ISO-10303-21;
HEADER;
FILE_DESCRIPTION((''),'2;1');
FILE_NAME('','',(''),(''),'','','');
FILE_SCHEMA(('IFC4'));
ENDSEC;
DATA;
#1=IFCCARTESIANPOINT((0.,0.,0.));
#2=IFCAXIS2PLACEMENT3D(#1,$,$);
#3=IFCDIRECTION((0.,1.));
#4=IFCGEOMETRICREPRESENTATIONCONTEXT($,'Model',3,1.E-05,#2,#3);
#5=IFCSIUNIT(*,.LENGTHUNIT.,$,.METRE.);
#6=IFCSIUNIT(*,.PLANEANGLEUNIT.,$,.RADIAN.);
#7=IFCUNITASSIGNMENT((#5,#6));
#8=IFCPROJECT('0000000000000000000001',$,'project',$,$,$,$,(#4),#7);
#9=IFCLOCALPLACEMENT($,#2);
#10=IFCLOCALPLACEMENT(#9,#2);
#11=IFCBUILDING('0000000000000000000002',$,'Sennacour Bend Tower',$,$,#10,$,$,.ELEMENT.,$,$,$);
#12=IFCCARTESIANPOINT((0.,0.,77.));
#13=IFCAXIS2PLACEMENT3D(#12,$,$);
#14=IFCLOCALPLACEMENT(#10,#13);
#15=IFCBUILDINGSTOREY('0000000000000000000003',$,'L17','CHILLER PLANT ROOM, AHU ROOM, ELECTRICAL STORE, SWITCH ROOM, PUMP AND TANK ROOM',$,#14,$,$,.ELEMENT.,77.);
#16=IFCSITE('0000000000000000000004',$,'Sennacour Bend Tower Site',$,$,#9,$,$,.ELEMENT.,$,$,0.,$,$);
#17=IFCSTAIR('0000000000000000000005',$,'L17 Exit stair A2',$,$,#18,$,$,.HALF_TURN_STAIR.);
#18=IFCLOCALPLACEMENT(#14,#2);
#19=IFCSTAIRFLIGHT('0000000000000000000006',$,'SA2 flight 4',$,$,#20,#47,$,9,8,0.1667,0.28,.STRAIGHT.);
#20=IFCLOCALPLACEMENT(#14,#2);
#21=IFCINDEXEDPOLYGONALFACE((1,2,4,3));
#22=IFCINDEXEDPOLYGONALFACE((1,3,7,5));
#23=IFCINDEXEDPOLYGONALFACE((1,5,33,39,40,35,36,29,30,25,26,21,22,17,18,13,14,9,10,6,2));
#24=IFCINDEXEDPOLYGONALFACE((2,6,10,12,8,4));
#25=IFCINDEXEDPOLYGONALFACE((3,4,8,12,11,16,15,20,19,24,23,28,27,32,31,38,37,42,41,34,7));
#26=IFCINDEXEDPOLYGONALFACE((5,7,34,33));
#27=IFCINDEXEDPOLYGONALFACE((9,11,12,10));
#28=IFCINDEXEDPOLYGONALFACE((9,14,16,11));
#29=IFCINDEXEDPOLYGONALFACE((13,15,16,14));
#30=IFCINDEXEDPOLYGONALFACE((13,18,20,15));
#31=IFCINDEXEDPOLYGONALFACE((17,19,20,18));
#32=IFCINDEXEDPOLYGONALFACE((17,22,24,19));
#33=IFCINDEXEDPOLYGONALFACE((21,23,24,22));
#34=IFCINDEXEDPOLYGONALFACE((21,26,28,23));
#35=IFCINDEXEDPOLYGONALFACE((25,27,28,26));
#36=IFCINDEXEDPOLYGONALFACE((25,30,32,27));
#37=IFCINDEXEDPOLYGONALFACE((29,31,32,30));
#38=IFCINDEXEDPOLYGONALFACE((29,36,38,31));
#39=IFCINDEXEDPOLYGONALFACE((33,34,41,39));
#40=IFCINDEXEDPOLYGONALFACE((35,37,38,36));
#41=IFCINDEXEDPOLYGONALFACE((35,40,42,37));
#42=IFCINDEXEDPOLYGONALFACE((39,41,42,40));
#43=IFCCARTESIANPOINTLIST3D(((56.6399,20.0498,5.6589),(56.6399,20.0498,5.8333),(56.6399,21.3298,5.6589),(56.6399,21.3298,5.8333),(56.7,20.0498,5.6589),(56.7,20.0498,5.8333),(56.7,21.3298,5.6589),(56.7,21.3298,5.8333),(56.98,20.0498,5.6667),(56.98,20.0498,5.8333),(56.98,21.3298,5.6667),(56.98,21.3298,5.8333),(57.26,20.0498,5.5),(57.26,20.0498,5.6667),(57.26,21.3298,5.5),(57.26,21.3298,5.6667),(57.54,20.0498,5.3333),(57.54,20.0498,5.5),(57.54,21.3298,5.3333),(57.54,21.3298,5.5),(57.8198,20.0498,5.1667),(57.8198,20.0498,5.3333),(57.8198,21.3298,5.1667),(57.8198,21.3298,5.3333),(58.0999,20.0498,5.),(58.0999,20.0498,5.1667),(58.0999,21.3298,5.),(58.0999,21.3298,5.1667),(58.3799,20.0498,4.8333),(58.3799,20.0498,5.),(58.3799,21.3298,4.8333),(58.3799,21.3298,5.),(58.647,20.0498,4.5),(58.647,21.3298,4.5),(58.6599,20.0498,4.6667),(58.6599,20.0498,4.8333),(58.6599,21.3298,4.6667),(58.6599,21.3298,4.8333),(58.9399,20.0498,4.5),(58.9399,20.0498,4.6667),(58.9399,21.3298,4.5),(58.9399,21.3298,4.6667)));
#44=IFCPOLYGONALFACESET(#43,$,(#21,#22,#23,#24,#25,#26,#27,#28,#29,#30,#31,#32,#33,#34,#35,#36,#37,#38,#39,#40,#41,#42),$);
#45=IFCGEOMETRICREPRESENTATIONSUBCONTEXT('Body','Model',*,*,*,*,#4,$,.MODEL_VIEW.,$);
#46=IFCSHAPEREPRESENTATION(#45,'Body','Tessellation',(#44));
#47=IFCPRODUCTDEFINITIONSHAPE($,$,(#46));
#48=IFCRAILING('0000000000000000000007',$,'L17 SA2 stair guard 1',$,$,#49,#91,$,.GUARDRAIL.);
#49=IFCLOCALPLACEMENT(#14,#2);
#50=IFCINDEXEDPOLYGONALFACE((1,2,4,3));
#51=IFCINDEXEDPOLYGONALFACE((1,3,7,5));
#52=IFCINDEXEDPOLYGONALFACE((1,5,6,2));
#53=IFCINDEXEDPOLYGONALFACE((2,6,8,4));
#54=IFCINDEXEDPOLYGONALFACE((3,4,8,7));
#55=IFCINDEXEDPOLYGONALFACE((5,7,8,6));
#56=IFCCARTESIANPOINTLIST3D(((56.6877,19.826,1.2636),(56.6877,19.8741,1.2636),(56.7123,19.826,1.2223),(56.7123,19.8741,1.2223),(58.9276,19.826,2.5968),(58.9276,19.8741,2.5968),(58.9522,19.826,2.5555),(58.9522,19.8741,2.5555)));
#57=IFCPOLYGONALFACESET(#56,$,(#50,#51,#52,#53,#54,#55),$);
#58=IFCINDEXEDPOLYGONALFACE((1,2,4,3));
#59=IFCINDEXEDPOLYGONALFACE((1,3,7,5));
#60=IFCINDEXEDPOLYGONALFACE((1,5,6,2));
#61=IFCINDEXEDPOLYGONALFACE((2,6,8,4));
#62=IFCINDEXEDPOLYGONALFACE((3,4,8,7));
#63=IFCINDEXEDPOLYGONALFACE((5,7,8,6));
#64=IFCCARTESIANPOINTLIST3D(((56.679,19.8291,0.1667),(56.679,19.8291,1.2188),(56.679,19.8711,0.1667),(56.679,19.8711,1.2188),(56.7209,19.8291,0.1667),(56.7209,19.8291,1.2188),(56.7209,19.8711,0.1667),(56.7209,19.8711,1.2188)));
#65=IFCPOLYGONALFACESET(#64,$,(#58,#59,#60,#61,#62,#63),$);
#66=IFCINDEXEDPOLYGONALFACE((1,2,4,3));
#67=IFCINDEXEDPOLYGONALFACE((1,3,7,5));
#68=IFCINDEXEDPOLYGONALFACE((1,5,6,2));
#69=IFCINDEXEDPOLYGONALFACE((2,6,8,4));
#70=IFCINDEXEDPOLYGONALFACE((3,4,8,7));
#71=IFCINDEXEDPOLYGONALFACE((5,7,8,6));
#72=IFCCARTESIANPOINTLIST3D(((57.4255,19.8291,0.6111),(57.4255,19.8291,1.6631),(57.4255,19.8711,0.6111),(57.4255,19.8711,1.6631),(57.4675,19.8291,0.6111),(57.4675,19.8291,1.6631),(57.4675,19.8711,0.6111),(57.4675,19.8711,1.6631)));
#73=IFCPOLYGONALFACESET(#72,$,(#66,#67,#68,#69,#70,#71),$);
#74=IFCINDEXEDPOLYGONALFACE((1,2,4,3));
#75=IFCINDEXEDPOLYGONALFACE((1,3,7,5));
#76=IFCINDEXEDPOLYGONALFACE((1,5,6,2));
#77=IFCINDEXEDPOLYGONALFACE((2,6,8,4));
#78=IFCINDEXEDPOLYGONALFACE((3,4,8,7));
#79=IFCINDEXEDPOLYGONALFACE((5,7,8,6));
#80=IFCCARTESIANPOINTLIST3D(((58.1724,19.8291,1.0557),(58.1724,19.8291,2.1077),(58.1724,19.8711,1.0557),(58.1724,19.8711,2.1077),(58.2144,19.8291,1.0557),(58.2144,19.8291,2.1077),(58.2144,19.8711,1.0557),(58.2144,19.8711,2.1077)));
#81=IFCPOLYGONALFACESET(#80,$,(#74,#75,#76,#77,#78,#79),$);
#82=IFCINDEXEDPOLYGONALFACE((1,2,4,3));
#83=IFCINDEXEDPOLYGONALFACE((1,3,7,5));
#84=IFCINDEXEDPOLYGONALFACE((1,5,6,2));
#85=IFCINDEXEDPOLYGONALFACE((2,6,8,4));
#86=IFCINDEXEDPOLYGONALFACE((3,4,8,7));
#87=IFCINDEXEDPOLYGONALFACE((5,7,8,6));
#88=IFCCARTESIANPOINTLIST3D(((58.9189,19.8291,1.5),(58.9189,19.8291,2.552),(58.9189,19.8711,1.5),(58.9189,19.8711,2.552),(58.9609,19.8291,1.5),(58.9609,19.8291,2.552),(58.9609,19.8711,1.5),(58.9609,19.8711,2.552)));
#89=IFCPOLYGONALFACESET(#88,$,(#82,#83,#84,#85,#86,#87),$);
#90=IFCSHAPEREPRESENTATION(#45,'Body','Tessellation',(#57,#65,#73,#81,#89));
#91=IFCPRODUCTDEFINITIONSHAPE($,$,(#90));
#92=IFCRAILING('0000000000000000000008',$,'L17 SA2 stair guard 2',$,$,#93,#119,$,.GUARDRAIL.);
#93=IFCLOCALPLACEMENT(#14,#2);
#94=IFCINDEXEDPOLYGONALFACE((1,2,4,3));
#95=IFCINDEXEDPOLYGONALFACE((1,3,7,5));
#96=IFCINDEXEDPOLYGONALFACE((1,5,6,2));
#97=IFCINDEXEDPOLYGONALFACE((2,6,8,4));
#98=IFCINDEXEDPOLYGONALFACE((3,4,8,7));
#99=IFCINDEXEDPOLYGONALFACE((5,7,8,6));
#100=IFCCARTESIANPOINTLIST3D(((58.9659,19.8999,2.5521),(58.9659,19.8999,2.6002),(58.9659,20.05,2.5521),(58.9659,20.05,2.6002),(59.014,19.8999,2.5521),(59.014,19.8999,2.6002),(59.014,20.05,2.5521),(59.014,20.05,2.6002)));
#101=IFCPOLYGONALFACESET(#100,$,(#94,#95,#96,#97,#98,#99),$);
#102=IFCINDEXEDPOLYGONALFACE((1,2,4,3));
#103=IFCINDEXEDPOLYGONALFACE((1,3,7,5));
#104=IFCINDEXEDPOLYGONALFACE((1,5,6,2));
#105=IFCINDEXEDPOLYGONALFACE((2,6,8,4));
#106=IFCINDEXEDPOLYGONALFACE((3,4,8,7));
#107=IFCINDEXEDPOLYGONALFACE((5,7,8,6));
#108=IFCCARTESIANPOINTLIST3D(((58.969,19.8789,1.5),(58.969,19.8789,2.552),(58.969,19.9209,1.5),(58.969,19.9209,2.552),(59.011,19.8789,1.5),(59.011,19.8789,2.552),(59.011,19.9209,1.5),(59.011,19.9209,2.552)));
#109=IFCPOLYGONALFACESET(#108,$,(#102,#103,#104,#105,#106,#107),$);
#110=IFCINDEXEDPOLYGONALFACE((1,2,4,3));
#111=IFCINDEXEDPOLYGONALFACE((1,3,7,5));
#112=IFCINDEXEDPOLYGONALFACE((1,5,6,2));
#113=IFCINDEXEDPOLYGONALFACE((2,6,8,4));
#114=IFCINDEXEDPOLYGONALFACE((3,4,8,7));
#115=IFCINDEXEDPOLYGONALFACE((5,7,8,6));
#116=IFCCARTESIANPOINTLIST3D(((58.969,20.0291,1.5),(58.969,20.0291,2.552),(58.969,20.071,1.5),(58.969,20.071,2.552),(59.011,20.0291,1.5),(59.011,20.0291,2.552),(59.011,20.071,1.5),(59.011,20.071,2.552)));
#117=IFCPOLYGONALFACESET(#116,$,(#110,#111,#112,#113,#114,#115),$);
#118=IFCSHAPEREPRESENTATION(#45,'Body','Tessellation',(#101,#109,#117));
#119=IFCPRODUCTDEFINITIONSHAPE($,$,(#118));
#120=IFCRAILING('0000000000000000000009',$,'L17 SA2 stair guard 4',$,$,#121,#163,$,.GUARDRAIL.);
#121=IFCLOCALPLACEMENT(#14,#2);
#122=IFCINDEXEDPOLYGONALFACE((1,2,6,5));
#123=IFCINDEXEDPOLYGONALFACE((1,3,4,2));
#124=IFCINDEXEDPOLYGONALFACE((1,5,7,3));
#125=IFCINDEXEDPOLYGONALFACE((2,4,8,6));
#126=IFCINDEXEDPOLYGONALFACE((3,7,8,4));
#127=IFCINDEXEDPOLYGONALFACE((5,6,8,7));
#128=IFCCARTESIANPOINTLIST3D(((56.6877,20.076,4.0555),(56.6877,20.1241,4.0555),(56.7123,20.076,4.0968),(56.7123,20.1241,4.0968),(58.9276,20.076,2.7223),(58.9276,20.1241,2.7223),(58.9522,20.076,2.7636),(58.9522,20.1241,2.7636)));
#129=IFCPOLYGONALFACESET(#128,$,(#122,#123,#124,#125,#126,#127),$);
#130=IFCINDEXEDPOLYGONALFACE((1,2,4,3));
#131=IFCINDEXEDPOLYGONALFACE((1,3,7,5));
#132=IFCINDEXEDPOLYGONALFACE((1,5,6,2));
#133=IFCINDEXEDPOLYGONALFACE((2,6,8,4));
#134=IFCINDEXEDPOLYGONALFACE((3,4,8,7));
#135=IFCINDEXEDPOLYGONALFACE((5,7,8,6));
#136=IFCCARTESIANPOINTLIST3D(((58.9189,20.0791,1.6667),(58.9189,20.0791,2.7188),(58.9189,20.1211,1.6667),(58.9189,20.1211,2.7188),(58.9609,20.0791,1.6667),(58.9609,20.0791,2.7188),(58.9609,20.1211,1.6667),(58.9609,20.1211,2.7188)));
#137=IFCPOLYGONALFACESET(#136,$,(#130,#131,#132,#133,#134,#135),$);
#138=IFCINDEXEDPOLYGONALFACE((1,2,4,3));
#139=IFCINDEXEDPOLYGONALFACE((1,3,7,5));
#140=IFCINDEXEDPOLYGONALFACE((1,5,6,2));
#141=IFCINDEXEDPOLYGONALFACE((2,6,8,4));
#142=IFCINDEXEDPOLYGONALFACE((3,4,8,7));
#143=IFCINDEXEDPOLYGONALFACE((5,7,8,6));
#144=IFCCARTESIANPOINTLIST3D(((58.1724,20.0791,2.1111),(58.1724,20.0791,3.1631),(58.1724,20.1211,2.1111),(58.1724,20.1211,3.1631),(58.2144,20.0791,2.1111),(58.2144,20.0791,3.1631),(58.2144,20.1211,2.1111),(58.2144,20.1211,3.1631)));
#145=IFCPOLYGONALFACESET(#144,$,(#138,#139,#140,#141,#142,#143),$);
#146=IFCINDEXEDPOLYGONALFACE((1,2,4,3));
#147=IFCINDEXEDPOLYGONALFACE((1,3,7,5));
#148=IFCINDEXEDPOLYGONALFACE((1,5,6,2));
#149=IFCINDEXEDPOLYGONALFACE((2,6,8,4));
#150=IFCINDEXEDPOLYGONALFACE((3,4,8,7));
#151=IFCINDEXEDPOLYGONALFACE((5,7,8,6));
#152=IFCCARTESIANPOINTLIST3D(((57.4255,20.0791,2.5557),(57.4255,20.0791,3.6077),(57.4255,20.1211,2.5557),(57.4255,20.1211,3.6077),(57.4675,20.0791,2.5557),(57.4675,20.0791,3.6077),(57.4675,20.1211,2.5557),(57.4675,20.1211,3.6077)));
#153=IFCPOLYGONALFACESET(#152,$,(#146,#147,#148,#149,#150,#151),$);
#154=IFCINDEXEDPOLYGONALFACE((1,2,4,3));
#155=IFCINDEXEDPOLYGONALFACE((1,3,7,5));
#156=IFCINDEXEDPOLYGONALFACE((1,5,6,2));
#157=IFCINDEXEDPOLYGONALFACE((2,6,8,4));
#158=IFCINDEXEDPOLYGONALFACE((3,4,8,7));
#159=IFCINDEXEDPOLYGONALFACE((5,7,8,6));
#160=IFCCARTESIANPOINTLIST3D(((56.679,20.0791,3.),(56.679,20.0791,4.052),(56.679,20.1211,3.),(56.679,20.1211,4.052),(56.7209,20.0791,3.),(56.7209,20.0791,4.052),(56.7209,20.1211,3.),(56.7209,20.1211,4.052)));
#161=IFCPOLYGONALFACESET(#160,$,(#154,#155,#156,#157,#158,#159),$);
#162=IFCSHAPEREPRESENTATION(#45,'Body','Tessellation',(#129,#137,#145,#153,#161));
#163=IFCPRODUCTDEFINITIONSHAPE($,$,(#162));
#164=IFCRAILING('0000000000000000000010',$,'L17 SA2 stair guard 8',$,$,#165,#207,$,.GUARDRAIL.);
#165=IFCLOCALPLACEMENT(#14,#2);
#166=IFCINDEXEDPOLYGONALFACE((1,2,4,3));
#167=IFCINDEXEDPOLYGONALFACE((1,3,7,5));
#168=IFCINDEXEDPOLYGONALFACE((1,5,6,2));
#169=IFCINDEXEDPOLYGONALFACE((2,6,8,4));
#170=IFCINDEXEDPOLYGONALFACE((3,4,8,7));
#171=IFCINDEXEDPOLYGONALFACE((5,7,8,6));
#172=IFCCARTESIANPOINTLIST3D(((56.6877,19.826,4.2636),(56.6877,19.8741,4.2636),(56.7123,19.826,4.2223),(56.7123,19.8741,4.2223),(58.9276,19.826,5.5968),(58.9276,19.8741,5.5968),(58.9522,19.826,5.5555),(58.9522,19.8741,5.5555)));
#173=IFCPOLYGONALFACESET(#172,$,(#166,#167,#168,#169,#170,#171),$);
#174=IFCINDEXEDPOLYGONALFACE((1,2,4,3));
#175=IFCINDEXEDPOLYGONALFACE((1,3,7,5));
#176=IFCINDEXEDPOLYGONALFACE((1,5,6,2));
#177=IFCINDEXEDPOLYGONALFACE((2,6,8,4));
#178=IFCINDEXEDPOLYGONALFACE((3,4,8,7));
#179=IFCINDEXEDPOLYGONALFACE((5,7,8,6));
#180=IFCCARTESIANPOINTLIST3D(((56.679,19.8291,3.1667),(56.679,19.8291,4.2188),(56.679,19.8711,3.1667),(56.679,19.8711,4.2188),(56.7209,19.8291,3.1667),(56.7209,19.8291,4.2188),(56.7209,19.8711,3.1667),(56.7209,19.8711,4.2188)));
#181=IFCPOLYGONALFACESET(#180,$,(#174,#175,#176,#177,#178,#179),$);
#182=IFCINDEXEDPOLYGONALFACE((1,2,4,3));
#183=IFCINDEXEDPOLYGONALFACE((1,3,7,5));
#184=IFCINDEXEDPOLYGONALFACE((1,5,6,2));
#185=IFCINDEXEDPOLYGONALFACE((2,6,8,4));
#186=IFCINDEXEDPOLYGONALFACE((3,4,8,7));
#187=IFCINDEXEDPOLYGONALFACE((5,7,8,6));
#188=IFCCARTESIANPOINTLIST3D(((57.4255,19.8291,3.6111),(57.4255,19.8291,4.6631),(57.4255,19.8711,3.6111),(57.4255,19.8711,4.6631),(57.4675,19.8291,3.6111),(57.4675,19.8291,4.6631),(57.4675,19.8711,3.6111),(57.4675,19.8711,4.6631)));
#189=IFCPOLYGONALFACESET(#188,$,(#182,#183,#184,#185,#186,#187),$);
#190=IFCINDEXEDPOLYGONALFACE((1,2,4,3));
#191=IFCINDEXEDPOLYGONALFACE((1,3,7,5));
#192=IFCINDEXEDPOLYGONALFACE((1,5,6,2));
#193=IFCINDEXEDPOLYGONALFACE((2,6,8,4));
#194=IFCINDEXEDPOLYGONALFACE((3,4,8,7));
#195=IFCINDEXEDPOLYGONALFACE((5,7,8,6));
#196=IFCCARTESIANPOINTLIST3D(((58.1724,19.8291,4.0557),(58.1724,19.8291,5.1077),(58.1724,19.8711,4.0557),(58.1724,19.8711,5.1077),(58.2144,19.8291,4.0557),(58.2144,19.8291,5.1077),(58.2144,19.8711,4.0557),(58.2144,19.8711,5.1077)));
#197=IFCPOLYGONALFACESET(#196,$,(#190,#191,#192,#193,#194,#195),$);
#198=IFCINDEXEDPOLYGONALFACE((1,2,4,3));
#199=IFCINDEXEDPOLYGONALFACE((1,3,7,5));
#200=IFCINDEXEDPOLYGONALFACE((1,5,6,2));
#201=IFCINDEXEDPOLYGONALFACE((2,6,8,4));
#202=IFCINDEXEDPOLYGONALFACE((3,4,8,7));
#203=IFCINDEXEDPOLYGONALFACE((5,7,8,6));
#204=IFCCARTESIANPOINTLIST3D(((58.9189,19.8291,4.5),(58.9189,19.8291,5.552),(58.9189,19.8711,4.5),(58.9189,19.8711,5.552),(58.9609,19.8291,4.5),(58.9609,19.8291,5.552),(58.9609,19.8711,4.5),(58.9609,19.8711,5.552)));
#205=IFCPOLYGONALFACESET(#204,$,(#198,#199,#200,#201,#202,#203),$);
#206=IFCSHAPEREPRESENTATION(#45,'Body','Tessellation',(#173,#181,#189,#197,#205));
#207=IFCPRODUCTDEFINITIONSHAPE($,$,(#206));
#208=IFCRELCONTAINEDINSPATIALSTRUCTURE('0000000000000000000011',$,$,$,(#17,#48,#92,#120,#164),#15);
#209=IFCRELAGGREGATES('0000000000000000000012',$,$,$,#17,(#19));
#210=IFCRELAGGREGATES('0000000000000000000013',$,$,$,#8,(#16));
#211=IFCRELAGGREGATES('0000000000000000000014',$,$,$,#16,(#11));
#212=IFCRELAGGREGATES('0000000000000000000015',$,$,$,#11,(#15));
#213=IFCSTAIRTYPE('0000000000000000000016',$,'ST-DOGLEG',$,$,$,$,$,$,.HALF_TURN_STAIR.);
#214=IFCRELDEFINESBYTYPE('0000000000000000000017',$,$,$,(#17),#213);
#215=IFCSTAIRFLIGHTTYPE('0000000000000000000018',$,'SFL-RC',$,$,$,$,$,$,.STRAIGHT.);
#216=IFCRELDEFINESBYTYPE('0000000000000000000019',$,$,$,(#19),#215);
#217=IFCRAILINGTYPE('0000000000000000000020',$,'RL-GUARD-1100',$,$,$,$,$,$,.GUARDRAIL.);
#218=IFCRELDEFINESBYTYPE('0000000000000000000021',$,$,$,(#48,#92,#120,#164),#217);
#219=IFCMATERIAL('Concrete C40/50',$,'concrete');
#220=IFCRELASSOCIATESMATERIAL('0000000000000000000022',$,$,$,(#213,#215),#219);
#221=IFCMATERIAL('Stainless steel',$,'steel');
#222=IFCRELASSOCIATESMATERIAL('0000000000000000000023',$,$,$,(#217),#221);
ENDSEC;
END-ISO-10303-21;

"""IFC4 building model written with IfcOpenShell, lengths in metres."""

from ifc_helpers import new_model, si_unit, direction, frame, origin, origin_2d, place, context, subcontext, project, spatial, polyline, rectangle, outline, extrude, material, type_object, element, aggregate, save


model = new_model("IFC4")

# Units and contexts
model_context = context("Model", 3, precision=1e-05, world=origin(), true_north=direction((0.0, 1.0)))
body_context = subcontext(model_context, "Body", "Model", "MODEL_VIEW")
ifc_project = project(units=[si_unit("LENGTHUNIT", "METRE"), si_unit("PLANEANGLEUNIT", "RADIAN")], contexts=[model_context])

# Site, building, storey
site_placement = place(None, origin())
site = spatial("IfcSite", under=ifc_project, at=site_placement, Name="Sennacour Bend Tower Site", CompositionType="ELEMENT", RefElevation=0.0)
building_placement = place(site_placement, origin())
building = spatial("IfcBuilding", under=site, at=building_placement, Name="Sennacour Bend Tower", CompositionType="ELEMENT")
storey_placement = place(building_placement, frame((0.0, 0.0, 77.0)))
storey = spatial("IfcBuildingStorey", under=building, at=storey_placement, Name="L17", Description="CHILLER PLANT ROOM, AHU ROOM, ELECTRICAL STORE, SWITCH ROOM, PUMP AND TANK ROOM", CompositionType="ELEMENT", Elevation=77.0)

# Stair, stair flight
ifc_material_1 = material(Name="Concrete C40/50", Category="concrete")
stair_type = type_object("IfcStairType", Name="ST-DOGLEG", PredefinedType="HALF_TURN_STAIR", material=ifc_material_1)
stair_placement = place(storey_placement, origin())
stair = element("IfcStair", 1, at=stair_placement, inside=storey, type_object=stair_type, Name="L17 Exit stair A2", PredefinedType="HALF_TURN_STAIR")
stair_flight_type = type_object("IfcStairFlightType", Name="SFL-RC", PredefinedType="STRAIGHT", material=ifc_material_1)
stair_flight_1_placement = place(storey_placement, frame((58.9399, 20.6899, 4.5), z_axis=(0.0, 0.0, 1.0), x_axis=(-1.0, 0.0, 0.0)))
stair_flight_1 = element("IfcStairFlight", 2, at=stair_flight_1_placement, type_object=stair_flight_type, Name="SA2 flight 4", NumberOfRisers=9, NumberOfTreads=8, PredefinedType="STRAIGHT", RiserHeight=0.1667, TreadLength=0.28, context=body_context, shape_type="SweptSolid", body=[
    extrude(outline(polyline([(0.0, 0.0), (0.0, 0.1667), (0.28, 0.1667), (0.28, 0.3333), (0.5601, 0.3333), (0.5601, 0.5), (0.8401, 0.5), (0.8401, 0.6667), (1.1201, 0.6667), (1.1201, 0.8333), (1.3999, 0.8333), (1.3999, 1.0), (1.6799, 1.0), (1.6799, 1.1667), (1.96, 1.1667), (1.96, 1.3333), (2.24, 1.3333), (2.3, 1.3333), (2.3, 1.1589), (2.24, 1.1589), (0.293, 0.0), (0.0, 0.0)])), frame((0.0, 0.6401, 0.0), z_axis=(0.0, -1.0, 0.0), x_axis=(1.0, 0.0, 0.0)), (0.0, 0.0, 1.0), 1.28),
])
aggregate(stair, [stair_flight_1])

# Railings
ifc_material_2 = material(Name="Stainless steel", Category="steel")
railing_type_1 = type_object("IfcRailingType", Name="RL-GUARD-1100", PredefinedType="GUARDRAIL", material=ifc_material_2)
railing_1_placement = place(storey_placement, frame((56.7, 19.8501, 0.1667)))
element("IfcRailing", 3, at=railing_1_placement, inside=storey, type_object=railing_type_1, Name="L17 SA2 stair guard 1", PredefinedType="GUARDRAIL", context=body_context, shape_type="SweptSolid", body=[
    extrude(rectangle(XDim=0.0481, YDim=0.0481, at=origin_2d()), frame((0.0, 0.0, 1.0762), z_axis=(0.859306, 0.0, 0.511462), x_axis=(0.0, 1.0, 0.0)), (0.0, 0.0, 1.0), 2.6067),
    extrude(rectangle(XDim=0.042, YDim=0.042, at=origin_2d()), origin(), (0.0, 0.0, 1.0), 1.052),
    extrude(rectangle(XDim=0.042, YDim=0.042, at=origin_2d()), frame((0.7466, 0.0, 0.4443)), (0.0, 0.0, 1.0), 1.052),
    extrude(rectangle(XDim=0.042, YDim=0.042, at=origin_2d()), frame((1.4934, 0.0, 0.8889)), (0.0, 0.0, 1.0), 1.052),
    extrude(rectangle(XDim=0.042, YDim=0.042, at=origin_2d()), frame((2.24, 0.0, 1.3333)), (0.0, 0.0, 1.0), 1.052),
])
railing_2_placement = place(storey_placement, frame((58.99, 19.8999, 1.5)))
element("IfcRailing", 4, at=railing_2_placement, inside=storey, type_object=railing_type_1, Name="L17 SA2 stair guard 2", PredefinedType="GUARDRAIL", context=body_context, shape_type="SweptSolid", body=[
    extrude(rectangle(XDim=0.0481, YDim=0.0481, at=origin_2d()), frame((0.0, 0.0, 1.0762), z_axis=(0.0, 1.0, 0.0), x_axis=(-1.0, 0.0, 0.0)), (0.0, 0.0, 1.0), 0.1501),
    extrude(rectangle(XDim=0.042, YDim=0.042, at=origin_2d()), origin(), (0.0, 0.0, 1.0), 1.052),
    extrude(rectangle(XDim=0.042, YDim=0.042, at=origin_2d()), frame((0.0, 0.1501, 0.0)), (0.0, 0.0, 1.0), 1.052),
])
railing_3_placement = place(storey_placement, frame((58.9399, 20.1001, 1.6667)))
element("IfcRailing", 5, at=railing_3_placement, inside=storey, type_object=railing_type_1, Name="L17 SA2 stair guard 4", PredefinedType="GUARDRAIL", context=body_context, shape_type="SweptSolid", body=[
    extrude(rectangle(XDim=0.0481, YDim=0.0481, at=origin_2d()), frame((0.0, 0.0, 1.0762), z_axis=(-0.859306, 0.0, 0.511462), x_axis=(0.0, -1.0, 0.0)), (0.0, 0.0, 1.0), 2.6067),
    extrude(rectangle(XDim=0.042, YDim=0.042, at=origin_2d()), origin(), (0.0, 0.0, 1.0), 1.052),
    extrude(rectangle(XDim=0.042, YDim=0.042, at=origin_2d()), frame((-0.7466, 0.0, 0.4443)), (0.0, 0.0, 1.0), 1.052),
    extrude(rectangle(XDim=0.042, YDim=0.042, at=origin_2d()), frame((-1.4934, 0.0, 0.8889)), (0.0, 0.0, 1.0), 1.052),
    extrude(rectangle(XDim=0.042, YDim=0.042, at=origin_2d()), frame((-2.24, 0.0, 1.3333)), (0.0, 0.0, 1.0), 1.052),
])
railing_4_placement = place(storey_placement, frame((56.7, 19.8501, 3.1667)))
element("IfcRailing", 6, at=railing_4_placement, inside=storey, type_object=railing_type_1, Name="L17 SA2 stair guard 8", PredefinedType="GUARDRAIL", context=body_context, shape_type="SweptSolid", body=[
    extrude(rectangle(XDim=0.0481, YDim=0.0481, at=origin_2d()), frame((0.0, 0.0, 1.0762), z_axis=(0.859306, 0.0, 0.511462), x_axis=(0.0, 1.0, 0.0)), (0.0, 0.0, 1.0), 2.6067),
    extrude(rectangle(XDim=0.042, YDim=0.042, at=origin_2d()), origin(), (0.0, 0.0, 1.0), 1.052),
    extrude(rectangle(XDim=0.042, YDim=0.042, at=origin_2d()), frame((0.7466, 0.0, 0.4443)), (0.0, 0.0, 1.0), 1.052),
    extrude(rectangle(XDim=0.042, YDim=0.042, at=origin_2d()), frame((1.4934, 0.0, 0.8889)), (0.0, 0.0, 1.0), 1.052),
    extrude(rectangle(XDim=0.042, YDim=0.042, at=origin_2d()), frame((2.24, 0.0, 1.3333)), (0.0, 0.0, 1.0), 1.052),
])

save(model, "model.ifc")
